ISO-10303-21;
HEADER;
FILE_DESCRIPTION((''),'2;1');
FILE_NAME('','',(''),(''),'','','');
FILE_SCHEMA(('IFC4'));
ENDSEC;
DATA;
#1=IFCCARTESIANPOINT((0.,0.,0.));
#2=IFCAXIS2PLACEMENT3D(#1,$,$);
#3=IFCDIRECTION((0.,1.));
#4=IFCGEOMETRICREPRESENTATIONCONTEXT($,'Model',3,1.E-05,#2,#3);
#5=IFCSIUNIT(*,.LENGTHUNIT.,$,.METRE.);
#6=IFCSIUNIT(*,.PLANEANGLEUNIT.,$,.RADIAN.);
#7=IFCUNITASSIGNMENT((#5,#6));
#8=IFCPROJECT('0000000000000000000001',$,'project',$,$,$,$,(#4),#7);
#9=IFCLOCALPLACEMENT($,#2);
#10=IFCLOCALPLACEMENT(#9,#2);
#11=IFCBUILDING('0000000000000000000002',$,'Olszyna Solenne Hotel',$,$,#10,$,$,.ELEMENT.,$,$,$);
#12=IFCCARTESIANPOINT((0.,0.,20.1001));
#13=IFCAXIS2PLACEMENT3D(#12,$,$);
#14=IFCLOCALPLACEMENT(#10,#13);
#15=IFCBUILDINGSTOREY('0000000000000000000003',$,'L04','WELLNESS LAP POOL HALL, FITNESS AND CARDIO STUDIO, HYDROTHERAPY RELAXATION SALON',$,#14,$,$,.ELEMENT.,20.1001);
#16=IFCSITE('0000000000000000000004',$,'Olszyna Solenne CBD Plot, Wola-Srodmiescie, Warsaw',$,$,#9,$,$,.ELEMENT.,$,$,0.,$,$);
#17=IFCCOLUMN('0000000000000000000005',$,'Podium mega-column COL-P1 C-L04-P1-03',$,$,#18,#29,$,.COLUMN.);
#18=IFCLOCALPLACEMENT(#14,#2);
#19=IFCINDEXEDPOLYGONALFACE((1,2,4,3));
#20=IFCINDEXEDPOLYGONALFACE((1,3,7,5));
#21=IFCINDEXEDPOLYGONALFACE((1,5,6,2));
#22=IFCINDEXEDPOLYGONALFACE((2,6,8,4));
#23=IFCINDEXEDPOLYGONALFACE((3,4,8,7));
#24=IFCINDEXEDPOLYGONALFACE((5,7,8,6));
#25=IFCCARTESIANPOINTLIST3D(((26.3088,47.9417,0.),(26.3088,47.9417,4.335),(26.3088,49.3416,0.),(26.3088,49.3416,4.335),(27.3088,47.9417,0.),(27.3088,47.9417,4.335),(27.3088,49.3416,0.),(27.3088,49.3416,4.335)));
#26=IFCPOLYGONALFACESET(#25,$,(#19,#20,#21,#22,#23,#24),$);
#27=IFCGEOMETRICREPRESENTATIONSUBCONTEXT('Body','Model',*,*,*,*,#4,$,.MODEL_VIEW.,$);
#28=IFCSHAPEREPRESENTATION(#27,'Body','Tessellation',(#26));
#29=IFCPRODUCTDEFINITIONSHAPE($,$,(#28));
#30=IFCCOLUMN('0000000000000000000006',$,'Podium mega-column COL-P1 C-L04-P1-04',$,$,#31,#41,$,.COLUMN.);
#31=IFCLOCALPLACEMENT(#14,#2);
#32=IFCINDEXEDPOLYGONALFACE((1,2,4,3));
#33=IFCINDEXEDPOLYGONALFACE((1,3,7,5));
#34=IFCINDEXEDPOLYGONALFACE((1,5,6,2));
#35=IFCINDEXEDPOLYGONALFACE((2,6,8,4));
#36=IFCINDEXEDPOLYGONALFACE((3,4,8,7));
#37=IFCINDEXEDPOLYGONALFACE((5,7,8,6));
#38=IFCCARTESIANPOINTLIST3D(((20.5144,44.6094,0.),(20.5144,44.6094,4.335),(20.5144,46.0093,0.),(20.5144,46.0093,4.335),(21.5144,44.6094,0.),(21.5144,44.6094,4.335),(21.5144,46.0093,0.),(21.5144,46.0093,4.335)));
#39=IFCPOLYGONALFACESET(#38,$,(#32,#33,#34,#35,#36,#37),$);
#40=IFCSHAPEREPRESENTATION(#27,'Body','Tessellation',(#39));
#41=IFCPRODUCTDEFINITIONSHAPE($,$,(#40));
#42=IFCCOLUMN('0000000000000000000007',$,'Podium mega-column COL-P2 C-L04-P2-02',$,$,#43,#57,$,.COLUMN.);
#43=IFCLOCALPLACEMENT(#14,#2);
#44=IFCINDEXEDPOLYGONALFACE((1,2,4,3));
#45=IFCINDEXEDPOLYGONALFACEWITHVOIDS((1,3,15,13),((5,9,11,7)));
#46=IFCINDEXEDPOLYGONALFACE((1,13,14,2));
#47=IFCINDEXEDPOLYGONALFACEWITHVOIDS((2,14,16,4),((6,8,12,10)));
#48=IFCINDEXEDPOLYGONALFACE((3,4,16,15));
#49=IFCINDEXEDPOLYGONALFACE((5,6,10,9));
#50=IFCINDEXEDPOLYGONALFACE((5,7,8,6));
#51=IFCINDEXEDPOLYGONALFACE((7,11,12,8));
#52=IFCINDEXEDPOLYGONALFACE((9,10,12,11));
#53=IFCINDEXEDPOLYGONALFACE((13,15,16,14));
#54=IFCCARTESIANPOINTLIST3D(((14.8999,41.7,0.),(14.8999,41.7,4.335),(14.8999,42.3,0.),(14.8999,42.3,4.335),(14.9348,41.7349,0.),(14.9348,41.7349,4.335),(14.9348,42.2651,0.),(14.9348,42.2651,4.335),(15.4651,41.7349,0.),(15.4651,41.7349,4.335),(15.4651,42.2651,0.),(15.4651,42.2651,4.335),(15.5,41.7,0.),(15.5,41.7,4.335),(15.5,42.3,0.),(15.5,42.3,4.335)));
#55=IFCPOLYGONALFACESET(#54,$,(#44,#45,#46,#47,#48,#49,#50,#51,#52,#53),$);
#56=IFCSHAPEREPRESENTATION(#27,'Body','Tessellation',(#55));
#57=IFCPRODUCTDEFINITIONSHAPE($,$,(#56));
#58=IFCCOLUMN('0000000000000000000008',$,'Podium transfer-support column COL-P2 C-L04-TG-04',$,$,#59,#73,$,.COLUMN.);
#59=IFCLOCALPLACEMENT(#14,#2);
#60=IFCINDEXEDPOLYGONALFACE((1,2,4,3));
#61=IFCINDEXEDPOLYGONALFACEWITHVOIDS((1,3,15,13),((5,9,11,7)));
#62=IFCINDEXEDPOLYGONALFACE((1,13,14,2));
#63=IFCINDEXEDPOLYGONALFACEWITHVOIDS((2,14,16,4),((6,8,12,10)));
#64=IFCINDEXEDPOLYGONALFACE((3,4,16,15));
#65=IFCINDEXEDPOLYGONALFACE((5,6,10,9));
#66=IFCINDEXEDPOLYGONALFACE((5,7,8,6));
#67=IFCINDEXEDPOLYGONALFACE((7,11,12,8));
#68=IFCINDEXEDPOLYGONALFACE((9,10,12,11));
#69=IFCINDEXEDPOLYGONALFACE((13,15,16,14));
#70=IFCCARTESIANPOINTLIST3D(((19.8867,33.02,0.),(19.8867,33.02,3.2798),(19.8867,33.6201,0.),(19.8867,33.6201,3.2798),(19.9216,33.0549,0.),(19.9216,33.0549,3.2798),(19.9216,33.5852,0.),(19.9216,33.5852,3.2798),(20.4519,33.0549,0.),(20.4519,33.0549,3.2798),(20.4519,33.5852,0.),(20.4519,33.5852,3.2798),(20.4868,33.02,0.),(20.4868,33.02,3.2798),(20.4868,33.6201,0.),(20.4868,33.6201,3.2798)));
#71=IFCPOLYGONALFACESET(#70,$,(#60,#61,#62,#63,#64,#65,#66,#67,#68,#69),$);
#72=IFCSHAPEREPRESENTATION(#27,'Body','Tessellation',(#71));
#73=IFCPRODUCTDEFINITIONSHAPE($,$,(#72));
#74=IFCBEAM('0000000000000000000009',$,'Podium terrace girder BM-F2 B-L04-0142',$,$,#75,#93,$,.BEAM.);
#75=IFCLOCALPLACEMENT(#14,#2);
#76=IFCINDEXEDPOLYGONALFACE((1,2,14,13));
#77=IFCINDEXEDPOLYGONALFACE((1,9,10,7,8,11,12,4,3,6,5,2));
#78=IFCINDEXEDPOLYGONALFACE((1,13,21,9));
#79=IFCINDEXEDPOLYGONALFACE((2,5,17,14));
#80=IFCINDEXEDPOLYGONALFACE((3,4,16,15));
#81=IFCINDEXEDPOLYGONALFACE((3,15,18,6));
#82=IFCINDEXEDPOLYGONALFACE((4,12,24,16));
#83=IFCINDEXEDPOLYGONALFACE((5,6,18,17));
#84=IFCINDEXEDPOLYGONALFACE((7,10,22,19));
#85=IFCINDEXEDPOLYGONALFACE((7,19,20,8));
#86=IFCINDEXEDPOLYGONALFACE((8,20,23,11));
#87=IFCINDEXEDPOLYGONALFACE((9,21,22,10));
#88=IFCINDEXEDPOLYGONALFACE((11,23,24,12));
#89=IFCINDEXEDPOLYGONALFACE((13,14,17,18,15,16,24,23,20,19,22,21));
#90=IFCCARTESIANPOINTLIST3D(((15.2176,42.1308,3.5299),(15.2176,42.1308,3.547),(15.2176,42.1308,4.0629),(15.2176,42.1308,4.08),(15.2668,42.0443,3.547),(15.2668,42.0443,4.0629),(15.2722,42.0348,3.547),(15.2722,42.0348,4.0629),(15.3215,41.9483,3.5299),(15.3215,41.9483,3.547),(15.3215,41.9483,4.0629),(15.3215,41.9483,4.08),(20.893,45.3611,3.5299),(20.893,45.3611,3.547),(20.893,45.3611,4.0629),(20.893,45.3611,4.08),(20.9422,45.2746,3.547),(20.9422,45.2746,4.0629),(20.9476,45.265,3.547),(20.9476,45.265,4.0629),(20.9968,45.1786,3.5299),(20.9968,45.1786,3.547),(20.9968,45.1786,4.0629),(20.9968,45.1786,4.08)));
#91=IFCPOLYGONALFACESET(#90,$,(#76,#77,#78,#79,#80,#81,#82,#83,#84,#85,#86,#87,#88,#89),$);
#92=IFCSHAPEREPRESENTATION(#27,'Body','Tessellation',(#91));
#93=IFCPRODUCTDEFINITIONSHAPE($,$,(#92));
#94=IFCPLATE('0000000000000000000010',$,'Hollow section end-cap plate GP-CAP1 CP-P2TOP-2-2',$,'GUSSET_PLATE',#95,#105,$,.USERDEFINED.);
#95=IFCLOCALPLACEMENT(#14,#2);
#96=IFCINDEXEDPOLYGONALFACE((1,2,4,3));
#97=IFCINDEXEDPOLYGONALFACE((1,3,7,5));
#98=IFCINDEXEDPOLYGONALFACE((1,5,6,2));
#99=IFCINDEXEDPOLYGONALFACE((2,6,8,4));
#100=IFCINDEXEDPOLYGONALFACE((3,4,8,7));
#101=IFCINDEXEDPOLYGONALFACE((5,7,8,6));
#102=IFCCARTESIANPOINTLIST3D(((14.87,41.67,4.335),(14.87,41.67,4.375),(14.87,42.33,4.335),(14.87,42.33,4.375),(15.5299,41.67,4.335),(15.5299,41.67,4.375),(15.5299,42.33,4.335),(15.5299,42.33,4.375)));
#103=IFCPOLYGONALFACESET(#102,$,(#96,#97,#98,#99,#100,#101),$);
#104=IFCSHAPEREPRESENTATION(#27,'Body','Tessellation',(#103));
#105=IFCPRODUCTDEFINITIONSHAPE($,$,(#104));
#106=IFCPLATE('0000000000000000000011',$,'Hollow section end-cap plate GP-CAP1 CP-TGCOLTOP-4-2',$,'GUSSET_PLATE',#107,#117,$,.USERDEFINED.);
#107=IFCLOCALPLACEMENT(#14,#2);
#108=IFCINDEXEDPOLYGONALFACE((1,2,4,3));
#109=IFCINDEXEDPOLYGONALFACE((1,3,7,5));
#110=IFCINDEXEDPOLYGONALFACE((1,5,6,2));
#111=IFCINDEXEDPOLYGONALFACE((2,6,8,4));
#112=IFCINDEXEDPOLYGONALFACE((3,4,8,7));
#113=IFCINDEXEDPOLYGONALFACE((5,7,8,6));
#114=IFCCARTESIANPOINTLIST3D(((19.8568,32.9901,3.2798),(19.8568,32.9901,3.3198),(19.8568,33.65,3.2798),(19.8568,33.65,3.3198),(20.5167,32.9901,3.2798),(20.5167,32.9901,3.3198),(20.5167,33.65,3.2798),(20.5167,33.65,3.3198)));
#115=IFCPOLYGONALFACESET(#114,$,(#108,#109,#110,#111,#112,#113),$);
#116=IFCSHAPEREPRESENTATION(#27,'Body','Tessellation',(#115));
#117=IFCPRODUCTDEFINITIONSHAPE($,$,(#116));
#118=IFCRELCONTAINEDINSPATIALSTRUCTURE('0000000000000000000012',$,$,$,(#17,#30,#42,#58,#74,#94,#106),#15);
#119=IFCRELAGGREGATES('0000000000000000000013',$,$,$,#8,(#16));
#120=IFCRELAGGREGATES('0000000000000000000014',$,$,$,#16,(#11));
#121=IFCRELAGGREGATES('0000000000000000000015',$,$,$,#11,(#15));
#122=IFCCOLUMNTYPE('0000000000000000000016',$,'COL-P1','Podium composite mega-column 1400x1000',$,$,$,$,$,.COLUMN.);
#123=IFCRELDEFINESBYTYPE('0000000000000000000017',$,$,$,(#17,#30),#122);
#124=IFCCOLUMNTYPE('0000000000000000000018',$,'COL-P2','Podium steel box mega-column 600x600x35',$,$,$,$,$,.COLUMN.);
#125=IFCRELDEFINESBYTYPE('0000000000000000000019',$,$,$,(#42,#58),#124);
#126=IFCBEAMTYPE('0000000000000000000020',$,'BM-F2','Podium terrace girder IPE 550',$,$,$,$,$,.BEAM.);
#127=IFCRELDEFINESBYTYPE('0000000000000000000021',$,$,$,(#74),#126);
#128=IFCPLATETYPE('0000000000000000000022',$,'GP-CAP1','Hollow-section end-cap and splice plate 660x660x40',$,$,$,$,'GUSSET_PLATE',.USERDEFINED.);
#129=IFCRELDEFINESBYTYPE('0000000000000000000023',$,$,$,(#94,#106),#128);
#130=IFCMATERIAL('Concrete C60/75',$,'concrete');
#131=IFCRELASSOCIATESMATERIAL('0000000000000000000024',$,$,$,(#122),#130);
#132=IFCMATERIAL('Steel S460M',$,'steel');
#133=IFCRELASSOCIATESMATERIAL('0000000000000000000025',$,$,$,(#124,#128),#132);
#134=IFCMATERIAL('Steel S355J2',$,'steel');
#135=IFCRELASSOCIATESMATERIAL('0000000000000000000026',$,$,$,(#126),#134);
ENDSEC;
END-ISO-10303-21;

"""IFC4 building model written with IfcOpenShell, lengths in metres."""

from ifc_helpers import new_model, si_unit, direction, frame, origin, origin_2d, place, context, subcontext, project, spatial, rectangle, hollow_rectangle, i_section, extrude, source, transform, mapped, material, material_profile, profile_set, type_object, element, save


model = new_model("IFC4")

# Units and contexts
model_context = context("Model", 3, precision=1e-05, world=origin(), true_north=direction((0.0, 1.0)))
body_context = subcontext(model_context, "Body", "Model", "MODEL_VIEW")
ifc_project = project(units=[si_unit("LENGTHUNIT", "METRE"), si_unit("PLANEANGLEUNIT", "RADIAN")], contexts=[model_context])

# Site, building, storey
site_placement = place(None, origin())
site = spatial("IfcSite", under=ifc_project, at=site_placement, Name="Olszyna Solenne CBD Plot, Wola-Srodmiescie, Warsaw", CompositionType="ELEMENT", RefElevation=0.0)
building_placement = place(site_placement, origin())
building = spatial("IfcBuilding", under=site, at=building_placement, Name="Olszyna Solenne Hotel", CompositionType="ELEMENT")
storey_placement = place(building_placement, frame((0.0, 0.0, 20.1001)))
storey = spatial("IfcBuildingStorey", under=building, at=storey_placement, Name="L04", Description="WELLNESS LAP POOL HALL, FITNESS AND CARDIO STUDIO, HYDROTHERAPY RELAXATION SALON", CompositionType="ELEMENT", Elevation=20.1001)

# Columns
ifc_material_1 = material(Name="Concrete C60/75", Category="concrete")
ifc_material_profile_1 = material_profile(ifc_material_1, rectangle(XDim=1.0, YDim=1.3999, at=origin_2d()), Name="RC 1400x1000", Category="load-bearing")
ifc_profile_set_1 = profile_set([ifc_material_profile_1], Name="Concrete C60/75")
column_type_1 = type_object("IfcColumnType", Name="COL-P1", Description="Podium composite mega-column 1400x1000", PredefinedType="COLUMN", material=ifc_profile_set_1)
shared_shape_1 = source(origin(), body_context, "Body", "SweptSolid", [
    extrude(rectangle(XDim=1.0, YDim=1.3999, at=origin_2d()), origin(), (0.0, 0.0, 1.0), 4.335),
])
for number, where, z_axis, x_axis, name in (
    (1, (26.8088, 48.6416, 0.0), (0.0, 0.0, 1.0), (1.0, 0.0, 0.0), "Podium mega-column COL-P1 C-L04-P1-03"),
    (2, (21.0144, 45.3093, 0.0), (0.0, 0.0, 1.0), (1.0, 0.0, 0.0), "Podium mega-column COL-P1 C-L04-P1-04"),
):
    element("IfcColumn", number, at=place(storey_placement, frame(where, z_axis=z_axis, x_axis=x_axis)), inside=storey, type_object=column_type_1, Name=name, PredefinedType="COLUMN", context=body_context, shape_type="MappedRepresentation", body=[
        mapped(shared_shape_1, transform((0.0, 0.0, 0.0), x_axis=(1.0, 0.0, 0.0), y_axis=(0.0, 1.0, 0.0), z_axis=(0.0, 0.0, 1.0), scale=1.0)),
    ])
ifc_material_2 = material(Name="Steel S460M", Category="steel")
ifc_material_profile_2 = material_profile(ifc_material_2, hollow_rectangle(XDim=0.6001, YDim=0.6001, WallThickness=0.0349, at=origin_2d()), Name="SHS 600x600x35", Category="load-bearing")
ifc_profile_set_2 = profile_set([ifc_material_profile_2], Name="Steel S460M")
column_type_2 = type_object("IfcColumnType", Name="COL-P2", Description="Podium steel box mega-column 600x600x35", PredefinedType="COLUMN", material=ifc_profile_set_2)
shared_shape_2 = source(origin(), body_context, "Body", "SweptSolid", [
    extrude(hollow_rectangle(XDim=0.6001, YDim=0.6001, WallThickness=0.0349, at=origin_2d()), origin(), (0.0, 0.0, 1.0), 4.335),
])
column_1_placement = place(storey_placement, frame((15.2, 42.0, 0.0), z_axis=(0.0, 0.0, 1.0), x_axis=(1.0, 0.0, 0.0)))
element("IfcColumn", 3, at=column_1_placement, inside=storey, type_object=column_type_2, Name="Podium mega-column COL-P2 C-L04-P2-02", PredefinedType="COLUMN", context=body_context, shape_type="MappedRepresentation", body=[
    mapped(shared_shape_2, transform((0.0, 0.0, 0.0), x_axis=(1.0, 0.0, 0.0), y_axis=(0.0, 1.0, 0.0), z_axis=(0.0, 0.0, 1.0), scale=1.0)),
])
shared_shape_3 = source(origin(), body_context, "Body", "SweptSolid", [
    extrude(hollow_rectangle(XDim=0.6001, YDim=0.6001, WallThickness=0.0349, at=origin_2d()), origin(), (0.0, 0.0, 1.0), 3.2798),
])
column_2_placement = place(storey_placement, frame((20.1868, 33.3201, 0.0), z_axis=(0.0, 0.0, 1.0), x_axis=(1.0, 0.0, 0.0)))
element("IfcColumn", 4, at=column_2_placement, inside=storey, type_object=column_type_2, Name="Podium transfer-support column COL-P2 C-L04-TG-04", PredefinedType="COLUMN", context=body_context, shape_type="MappedRepresentation", body=[
    mapped(shared_shape_3, transform((0.0, 0.0, 0.0), x_axis=(1.0, 0.0, 0.0), y_axis=(0.0, 1.0, 0.0), z_axis=(0.0, 0.0, 1.0), scale=1.0)),
])

# Beam
ifc_material_3 = material(Name="Steel S355J2", Category="steel")
ifc_material_profile_3 = material_profile(ifc_material_3, i_section(OverallWidth=0.21, OverallDepth=0.55, WebThickness=0.011, FlangeThickness=0.0171, at=origin_2d()), Name="IPE 550", Category="load-bearing")
ifc_profile_set_3 = profile_set([ifc_material_profile_3], Name="Steel S355J2")
beam_type = type_object("IfcBeamType", Name="BM-F2", Description="Podium terrace girder IPE 550", PredefinedType="BEAM", material=ifc_profile_set_3)
shared_shape_4 = source(origin(), body_context, "Body", "SweptSolid", [
    extrude(i_section(OverallWidth=0.21, OverallDepth=0.55, WebThickness=0.011, FlangeThickness=0.0171, at=origin_2d()), origin(), (0.0, 0.0, 1.0), 6.5303),
])
beam_placement = place(storey_placement, frame((15.2695, 42.0396, 3.8049), z_axis=(0.869086, 0.494661, 0.0), x_axis=(-0.494661, 0.869086, 0.0)))
element("IfcBeam", 5, at=beam_placement, inside=storey, type_object=beam_type, Name="Podium terrace girder BM-F2 B-L04-0142", PredefinedType="BEAM", context=body_context, shape_type="MappedRepresentation", body=[
    mapped(shared_shape_4, transform((0.0, 0.0, 0.0), x_axis=(1.0, 0.0, 0.0), y_axis=(0.0, 1.0, 0.0), z_axis=(0.0, 0.0, 1.0), scale=1.0)),
])

# Plates
plate_type = type_object("IfcPlateType", Name="GP-CAP1", Description="Hollow-section end-cap and splice plate 660x660x40", ElementType="GUSSET_PLATE", PredefinedType="USERDEFINED", material=ifc_material_2)
shared_shape_5 = source(origin(), body_context, "Body", "SweptSolid", [
    extrude(rectangle(XDim=0.6599, YDim=0.6599, at=origin_2d()), origin(), (0.0, 0.0, 1.0), 0.04),
])
for number, where, z_axis, x_axis, name in (
    (6, (15.2, 42.0, 4.335), (0.0, 0.0, 1.0), (1.0, 0.0, 0.0), "Hollow section end-cap plate GP-CAP1 CP-P2TOP-2-2"),
    (7, (20.1868, 33.3201, 3.2798), (0.0, 0.0, 1.0), (1.0, 0.0, 0.0), "Hollow section end-cap plate GP-CAP1 CP-TGCOLTOP-4-2"),
):
    element("IfcPlate", number, at=place(storey_placement, frame(where, z_axis=z_axis, x_axis=x_axis)), inside=storey, type_object=plate_type, Name=name, ObjectType="GUSSET_PLATE", PredefinedType="USERDEFINED", context=body_context, shape_type="MappedRepresentation", body=[
        mapped(shared_shape_5, transform((0.0, 0.0, 0.0), x_axis=(1.0, 0.0, 0.0), y_axis=(0.0, 1.0, 0.0), z_axis=(0.0, 0.0, 1.0), scale=1.0)),
    ])

save(model, "model.ifc")
